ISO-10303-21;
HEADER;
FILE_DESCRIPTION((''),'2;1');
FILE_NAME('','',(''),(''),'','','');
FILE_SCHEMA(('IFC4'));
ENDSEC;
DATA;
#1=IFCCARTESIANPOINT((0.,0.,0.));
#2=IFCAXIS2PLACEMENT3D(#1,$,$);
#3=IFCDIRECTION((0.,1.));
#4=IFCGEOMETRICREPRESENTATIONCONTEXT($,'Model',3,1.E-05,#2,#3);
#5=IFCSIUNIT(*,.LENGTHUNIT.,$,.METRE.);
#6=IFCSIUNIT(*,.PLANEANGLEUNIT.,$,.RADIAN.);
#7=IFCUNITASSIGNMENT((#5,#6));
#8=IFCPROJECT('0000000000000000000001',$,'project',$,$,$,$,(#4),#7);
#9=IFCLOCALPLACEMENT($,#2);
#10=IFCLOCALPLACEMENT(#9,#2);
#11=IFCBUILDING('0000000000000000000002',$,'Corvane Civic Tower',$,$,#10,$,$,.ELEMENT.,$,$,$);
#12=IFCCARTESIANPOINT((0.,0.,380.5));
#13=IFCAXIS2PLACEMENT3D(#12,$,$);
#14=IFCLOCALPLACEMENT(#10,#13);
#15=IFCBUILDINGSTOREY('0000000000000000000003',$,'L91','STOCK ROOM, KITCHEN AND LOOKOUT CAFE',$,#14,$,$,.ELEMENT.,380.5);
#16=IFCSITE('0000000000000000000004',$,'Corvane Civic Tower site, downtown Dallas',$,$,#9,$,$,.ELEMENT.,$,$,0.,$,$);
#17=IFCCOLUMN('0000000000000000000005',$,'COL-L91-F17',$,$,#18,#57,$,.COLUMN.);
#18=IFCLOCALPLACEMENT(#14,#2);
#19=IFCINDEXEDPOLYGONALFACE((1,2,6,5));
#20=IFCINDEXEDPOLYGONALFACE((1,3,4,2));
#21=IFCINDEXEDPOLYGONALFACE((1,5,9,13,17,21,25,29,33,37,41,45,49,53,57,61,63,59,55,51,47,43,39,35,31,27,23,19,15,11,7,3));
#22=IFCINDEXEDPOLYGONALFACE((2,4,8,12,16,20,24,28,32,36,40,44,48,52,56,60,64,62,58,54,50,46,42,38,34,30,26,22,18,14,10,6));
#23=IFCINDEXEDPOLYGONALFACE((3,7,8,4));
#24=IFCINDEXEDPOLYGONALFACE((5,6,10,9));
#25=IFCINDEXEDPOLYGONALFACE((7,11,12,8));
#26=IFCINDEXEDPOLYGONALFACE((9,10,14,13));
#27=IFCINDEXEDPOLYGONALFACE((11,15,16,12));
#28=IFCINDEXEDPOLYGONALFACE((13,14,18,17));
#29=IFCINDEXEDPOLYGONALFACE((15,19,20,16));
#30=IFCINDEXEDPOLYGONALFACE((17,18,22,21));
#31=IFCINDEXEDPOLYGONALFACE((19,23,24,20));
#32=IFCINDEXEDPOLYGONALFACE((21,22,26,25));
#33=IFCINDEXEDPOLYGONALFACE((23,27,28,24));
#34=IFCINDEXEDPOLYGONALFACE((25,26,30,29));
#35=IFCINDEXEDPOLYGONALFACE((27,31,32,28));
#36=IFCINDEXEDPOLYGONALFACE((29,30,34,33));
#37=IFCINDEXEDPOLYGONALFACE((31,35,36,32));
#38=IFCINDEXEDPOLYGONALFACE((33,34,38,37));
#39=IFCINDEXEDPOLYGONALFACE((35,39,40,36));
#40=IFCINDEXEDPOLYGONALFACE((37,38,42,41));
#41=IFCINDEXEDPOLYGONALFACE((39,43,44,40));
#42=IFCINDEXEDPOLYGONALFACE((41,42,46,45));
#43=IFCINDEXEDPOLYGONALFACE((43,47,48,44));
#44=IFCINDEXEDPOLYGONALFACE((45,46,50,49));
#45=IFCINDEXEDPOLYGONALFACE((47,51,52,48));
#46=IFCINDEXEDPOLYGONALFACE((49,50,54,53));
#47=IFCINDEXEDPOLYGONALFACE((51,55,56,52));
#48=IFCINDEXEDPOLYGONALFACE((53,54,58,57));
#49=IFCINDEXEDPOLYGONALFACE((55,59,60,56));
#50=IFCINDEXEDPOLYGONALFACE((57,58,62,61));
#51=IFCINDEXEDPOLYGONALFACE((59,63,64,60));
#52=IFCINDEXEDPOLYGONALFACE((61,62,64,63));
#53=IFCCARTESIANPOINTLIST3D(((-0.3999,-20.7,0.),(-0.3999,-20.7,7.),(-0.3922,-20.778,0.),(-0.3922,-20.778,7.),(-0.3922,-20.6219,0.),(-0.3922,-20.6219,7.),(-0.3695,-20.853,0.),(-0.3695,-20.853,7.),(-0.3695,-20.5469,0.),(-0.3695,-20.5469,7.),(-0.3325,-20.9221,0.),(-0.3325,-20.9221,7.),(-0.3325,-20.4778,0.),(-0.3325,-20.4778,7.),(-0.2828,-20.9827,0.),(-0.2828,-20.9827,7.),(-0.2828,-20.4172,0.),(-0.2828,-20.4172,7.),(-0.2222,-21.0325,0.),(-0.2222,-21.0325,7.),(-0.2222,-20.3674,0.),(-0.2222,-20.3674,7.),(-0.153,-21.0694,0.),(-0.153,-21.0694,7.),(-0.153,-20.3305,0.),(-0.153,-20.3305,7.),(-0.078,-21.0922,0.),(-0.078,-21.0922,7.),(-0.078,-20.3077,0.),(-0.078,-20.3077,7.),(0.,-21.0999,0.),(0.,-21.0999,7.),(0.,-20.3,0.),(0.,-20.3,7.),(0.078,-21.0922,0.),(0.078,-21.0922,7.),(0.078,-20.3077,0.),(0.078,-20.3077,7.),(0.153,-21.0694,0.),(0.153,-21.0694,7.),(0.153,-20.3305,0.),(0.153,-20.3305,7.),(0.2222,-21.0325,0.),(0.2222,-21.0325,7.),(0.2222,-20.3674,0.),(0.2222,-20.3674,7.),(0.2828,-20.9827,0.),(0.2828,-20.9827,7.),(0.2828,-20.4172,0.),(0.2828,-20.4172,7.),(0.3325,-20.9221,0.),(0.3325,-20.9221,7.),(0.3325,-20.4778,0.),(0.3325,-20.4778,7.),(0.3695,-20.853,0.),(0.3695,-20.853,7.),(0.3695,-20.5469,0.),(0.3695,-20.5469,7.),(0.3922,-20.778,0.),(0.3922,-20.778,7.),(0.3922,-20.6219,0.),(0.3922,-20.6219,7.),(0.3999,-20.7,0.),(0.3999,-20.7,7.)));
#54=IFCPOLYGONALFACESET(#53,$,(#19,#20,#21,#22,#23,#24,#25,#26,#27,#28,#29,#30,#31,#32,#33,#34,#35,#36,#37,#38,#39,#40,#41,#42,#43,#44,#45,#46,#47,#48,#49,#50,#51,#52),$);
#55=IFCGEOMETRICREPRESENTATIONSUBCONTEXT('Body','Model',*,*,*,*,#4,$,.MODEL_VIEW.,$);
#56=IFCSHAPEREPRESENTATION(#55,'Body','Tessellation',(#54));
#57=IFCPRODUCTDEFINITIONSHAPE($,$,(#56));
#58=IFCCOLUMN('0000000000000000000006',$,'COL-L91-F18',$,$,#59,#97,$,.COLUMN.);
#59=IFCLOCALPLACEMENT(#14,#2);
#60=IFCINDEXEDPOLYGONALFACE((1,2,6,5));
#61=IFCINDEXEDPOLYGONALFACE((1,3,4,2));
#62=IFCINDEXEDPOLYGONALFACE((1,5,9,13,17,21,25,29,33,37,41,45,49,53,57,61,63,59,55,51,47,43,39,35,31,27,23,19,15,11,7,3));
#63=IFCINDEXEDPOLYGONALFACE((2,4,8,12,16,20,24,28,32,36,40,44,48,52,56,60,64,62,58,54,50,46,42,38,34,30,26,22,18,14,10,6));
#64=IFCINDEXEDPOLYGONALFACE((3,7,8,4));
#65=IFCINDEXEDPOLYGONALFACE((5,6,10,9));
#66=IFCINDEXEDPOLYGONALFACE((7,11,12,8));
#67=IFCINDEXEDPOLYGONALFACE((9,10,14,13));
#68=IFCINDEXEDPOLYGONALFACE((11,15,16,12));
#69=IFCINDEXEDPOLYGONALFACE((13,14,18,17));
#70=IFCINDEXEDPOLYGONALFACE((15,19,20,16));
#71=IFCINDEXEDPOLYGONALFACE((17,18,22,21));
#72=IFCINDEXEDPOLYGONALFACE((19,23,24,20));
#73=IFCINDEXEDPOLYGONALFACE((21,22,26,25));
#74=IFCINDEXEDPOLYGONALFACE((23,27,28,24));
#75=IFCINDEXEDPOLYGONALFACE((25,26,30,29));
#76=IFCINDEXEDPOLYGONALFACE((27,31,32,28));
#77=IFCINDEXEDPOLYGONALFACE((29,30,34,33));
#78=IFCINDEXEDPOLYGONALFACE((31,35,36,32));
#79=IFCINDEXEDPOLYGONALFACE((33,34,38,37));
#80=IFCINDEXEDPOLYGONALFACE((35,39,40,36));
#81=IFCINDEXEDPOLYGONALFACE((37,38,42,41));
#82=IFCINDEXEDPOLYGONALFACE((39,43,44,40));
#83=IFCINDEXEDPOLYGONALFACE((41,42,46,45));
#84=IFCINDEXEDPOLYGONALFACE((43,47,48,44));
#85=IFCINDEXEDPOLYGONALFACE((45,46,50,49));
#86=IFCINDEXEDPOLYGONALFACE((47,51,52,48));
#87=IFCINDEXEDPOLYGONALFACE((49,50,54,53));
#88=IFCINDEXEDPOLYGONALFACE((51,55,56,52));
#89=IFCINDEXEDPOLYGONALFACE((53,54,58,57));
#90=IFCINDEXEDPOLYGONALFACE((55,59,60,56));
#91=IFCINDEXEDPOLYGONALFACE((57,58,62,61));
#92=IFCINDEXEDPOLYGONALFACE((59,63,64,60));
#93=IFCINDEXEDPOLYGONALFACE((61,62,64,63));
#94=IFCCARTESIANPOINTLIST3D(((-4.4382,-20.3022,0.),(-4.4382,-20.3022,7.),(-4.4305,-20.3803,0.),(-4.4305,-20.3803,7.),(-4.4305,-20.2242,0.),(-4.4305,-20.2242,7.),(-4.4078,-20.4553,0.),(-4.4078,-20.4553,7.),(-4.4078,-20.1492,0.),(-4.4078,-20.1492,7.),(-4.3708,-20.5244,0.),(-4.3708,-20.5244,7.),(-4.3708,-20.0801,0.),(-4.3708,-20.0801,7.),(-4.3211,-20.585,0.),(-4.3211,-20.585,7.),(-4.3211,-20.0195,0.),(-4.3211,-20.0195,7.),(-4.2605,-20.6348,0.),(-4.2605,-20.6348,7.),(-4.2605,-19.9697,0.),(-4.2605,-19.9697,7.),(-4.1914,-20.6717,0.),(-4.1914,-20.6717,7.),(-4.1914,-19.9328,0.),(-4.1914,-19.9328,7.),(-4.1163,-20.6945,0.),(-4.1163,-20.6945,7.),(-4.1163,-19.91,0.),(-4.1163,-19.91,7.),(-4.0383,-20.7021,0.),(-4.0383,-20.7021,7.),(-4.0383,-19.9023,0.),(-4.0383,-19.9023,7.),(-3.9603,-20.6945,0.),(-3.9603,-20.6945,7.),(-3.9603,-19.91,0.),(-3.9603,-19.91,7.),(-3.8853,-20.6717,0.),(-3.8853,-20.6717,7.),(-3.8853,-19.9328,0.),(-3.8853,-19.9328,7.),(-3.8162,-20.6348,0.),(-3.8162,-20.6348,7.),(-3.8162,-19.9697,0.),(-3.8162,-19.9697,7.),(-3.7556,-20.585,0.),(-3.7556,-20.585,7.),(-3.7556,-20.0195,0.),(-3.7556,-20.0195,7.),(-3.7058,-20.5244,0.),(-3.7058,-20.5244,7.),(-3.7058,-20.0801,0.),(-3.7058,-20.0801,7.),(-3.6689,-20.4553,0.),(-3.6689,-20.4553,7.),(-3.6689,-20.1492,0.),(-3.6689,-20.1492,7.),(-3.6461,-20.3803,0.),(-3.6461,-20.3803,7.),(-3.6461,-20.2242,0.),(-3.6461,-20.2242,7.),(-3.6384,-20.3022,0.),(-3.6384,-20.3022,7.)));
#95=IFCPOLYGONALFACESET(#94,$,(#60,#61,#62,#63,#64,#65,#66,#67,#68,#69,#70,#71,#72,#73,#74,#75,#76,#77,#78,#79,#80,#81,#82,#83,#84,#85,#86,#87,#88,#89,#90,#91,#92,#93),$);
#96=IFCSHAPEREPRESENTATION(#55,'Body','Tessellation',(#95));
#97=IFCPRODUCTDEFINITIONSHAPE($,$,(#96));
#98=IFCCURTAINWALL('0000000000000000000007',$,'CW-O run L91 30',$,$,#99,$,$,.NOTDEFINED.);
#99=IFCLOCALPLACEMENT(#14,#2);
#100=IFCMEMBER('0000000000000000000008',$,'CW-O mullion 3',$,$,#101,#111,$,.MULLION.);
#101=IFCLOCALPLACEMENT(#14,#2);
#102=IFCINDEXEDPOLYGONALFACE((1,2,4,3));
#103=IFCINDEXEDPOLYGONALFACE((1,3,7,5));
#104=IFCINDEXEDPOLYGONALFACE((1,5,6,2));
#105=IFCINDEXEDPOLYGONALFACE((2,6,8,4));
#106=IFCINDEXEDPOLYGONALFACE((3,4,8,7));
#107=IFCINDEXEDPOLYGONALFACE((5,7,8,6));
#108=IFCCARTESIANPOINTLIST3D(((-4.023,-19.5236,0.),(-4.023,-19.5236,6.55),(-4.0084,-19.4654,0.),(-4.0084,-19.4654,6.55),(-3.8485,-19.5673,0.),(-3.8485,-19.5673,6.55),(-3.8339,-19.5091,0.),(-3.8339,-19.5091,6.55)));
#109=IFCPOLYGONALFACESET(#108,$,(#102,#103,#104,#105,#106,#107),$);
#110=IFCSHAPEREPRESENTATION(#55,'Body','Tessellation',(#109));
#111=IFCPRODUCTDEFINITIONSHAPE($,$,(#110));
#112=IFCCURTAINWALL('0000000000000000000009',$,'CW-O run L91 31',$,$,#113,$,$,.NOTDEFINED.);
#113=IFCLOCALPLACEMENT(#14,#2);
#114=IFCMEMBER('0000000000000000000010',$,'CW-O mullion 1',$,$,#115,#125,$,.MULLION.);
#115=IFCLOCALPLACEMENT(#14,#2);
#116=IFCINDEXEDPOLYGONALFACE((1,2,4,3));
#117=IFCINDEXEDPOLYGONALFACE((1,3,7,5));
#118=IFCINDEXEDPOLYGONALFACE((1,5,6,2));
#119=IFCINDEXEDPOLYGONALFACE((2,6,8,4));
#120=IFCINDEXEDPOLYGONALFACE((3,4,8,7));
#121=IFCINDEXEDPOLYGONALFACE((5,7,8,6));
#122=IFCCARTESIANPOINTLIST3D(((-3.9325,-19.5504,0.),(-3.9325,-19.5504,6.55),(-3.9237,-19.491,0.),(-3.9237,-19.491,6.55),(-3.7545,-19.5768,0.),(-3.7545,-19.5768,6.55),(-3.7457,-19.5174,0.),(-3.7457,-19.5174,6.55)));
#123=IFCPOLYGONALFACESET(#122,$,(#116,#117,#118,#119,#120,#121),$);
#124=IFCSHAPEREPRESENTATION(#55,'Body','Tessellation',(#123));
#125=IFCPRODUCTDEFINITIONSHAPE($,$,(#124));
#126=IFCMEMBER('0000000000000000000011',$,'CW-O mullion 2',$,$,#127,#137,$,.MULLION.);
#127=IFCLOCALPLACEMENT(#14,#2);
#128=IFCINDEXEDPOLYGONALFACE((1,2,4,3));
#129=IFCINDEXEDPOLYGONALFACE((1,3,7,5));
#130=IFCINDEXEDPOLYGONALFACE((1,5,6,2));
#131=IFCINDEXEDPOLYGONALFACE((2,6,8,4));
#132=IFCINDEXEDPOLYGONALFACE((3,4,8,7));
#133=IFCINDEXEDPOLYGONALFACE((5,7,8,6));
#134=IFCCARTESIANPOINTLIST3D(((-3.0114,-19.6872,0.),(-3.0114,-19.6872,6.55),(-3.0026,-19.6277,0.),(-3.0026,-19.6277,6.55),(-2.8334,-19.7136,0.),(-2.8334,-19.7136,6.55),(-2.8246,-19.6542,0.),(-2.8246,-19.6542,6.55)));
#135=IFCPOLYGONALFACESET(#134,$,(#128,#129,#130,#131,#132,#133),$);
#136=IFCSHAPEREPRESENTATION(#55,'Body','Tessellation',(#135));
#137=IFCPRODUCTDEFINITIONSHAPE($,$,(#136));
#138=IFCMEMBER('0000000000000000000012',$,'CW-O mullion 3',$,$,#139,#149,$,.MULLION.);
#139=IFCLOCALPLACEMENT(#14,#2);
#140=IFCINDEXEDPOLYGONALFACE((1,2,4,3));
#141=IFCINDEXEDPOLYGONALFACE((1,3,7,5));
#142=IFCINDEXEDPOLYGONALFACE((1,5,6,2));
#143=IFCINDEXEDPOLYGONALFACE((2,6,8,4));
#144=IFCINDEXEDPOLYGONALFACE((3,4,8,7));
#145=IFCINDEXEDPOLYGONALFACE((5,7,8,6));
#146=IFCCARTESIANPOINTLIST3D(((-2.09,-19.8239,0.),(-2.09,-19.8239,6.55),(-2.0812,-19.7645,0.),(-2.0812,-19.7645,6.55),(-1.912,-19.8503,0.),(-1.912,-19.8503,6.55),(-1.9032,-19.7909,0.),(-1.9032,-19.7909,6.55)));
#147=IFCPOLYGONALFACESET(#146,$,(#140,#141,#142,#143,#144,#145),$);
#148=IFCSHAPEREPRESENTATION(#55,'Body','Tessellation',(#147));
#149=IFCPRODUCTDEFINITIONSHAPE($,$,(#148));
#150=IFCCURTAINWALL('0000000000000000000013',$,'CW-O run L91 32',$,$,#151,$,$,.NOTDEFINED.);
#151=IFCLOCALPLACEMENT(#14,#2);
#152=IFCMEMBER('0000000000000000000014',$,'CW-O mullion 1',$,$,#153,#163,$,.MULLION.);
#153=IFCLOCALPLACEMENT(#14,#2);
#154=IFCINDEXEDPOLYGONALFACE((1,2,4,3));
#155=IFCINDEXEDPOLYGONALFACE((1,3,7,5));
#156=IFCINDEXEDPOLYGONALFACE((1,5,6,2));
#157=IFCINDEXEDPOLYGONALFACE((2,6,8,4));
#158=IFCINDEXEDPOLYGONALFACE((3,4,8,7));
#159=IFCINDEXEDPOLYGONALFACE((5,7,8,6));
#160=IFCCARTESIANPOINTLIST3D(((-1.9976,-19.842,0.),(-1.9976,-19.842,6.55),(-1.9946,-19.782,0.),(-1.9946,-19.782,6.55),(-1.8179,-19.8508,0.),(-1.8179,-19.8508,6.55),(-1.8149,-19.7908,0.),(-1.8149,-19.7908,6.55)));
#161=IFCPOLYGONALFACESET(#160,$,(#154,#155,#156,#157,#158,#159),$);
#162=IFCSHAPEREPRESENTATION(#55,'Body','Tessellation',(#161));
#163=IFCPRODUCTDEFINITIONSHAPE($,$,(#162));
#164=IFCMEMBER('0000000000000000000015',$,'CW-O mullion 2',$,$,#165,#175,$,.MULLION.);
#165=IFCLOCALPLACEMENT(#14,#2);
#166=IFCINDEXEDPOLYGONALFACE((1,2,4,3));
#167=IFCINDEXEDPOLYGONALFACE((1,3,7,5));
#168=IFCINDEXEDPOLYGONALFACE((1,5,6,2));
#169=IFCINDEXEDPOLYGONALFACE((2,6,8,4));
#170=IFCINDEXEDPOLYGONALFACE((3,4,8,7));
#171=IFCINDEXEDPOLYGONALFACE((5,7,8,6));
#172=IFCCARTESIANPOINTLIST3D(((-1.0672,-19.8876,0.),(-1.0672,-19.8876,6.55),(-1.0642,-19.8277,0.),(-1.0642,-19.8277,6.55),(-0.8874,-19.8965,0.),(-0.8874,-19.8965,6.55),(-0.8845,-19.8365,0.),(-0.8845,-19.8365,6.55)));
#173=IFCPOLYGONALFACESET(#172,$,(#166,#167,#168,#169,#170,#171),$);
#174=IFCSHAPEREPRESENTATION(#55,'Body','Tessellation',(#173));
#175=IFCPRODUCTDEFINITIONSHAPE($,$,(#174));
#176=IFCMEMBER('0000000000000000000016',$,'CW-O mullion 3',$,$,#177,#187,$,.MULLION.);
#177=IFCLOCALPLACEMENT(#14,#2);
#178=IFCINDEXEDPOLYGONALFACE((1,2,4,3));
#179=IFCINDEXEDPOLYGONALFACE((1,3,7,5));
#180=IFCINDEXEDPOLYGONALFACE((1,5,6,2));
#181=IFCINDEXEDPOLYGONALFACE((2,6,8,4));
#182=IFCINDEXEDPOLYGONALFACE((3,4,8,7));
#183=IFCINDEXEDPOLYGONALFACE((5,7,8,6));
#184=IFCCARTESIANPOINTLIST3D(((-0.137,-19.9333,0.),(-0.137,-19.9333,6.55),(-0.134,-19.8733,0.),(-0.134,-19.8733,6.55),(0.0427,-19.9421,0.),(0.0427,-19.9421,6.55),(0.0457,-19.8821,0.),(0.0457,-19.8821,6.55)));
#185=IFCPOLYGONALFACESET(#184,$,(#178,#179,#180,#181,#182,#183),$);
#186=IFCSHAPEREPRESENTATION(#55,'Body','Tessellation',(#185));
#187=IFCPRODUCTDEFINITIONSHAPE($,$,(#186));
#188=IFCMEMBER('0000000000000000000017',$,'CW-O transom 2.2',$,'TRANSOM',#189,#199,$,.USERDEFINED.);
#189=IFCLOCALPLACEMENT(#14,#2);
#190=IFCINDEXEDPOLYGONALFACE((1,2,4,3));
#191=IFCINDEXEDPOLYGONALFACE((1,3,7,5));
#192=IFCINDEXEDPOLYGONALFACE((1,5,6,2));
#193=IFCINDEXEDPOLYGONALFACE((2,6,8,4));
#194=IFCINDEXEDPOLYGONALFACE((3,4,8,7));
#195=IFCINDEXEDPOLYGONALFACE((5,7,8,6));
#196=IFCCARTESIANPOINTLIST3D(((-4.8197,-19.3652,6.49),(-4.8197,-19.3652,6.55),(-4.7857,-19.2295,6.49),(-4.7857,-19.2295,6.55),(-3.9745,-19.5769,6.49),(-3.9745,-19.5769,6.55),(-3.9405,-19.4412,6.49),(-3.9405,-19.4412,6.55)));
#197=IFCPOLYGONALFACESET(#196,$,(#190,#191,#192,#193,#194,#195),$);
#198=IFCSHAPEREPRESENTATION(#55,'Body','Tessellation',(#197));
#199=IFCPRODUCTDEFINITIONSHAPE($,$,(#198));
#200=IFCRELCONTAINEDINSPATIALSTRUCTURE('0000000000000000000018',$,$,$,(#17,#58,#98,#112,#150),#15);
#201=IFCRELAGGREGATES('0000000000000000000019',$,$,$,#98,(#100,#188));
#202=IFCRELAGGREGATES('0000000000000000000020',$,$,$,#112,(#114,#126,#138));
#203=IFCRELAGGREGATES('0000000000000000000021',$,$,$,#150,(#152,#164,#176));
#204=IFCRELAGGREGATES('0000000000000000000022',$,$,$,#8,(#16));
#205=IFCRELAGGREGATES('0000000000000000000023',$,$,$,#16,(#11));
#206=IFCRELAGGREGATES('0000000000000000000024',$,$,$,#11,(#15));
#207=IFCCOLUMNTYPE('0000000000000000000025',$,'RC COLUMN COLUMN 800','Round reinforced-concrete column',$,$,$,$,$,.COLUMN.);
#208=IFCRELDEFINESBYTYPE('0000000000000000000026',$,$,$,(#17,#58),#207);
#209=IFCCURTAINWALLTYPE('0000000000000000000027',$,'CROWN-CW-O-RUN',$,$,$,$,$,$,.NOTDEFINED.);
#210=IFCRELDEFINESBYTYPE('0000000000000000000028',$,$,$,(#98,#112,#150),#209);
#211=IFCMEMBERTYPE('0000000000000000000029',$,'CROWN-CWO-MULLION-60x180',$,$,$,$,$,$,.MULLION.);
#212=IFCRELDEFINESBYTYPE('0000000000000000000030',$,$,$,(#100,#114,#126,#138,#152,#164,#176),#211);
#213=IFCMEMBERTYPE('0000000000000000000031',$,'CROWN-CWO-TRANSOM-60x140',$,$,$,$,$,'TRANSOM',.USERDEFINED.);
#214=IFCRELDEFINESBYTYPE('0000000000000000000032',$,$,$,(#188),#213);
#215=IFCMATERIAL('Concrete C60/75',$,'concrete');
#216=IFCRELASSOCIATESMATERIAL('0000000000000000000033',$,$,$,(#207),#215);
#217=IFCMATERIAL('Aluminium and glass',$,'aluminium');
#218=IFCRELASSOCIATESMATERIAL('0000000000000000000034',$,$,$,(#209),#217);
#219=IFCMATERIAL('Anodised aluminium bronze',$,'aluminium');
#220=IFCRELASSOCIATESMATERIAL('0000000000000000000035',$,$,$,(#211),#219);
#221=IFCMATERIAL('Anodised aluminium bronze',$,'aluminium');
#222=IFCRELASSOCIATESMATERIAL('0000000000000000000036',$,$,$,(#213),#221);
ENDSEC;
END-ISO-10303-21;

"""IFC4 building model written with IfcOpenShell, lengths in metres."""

from ifc_helpers import new_model, si_unit, direction, frame, origin, origin_2d, place, context, subcontext, project, spatial, rectangle, circle, extrude, material, material_profile, profile_set, type_object, element, aggregate, save


model = new_model("IFC4")

# Units and contexts
model_context = context("Model", 3, precision=1e-05, world=origin(), true_north=direction((0.0, 1.0)))
body_context = subcontext(model_context, "Body", "Model", "MODEL_VIEW")
ifc_project = project(units=[si_unit("LENGTHUNIT", "METRE"), si_unit("PLANEANGLEUNIT", "RADIAN")], contexts=[model_context])

# Site, building, storey
site_placement = place(None, origin())
site = spatial("IfcSite", under=ifc_project, at=site_placement, Name="Corvane Civic Tower site, downtown Dallas", CompositionType="ELEMENT", RefElevation=0.0)
building_placement = place(site_placement, origin())
building = spatial("IfcBuilding", under=site, at=building_placement, Name="Corvane Civic Tower", CompositionType="ELEMENT")
storey_placement = place(building_placement, frame((0.0, 0.0, 380.5)))
storey = spatial("IfcBuildingStorey", under=building, at=storey_placement, Name="L91", Description="STOCK ROOM, KITCHEN AND LOOKOUT CAFE", CompositionType="ELEMENT", Elevation=380.5)

# Columns
ifc_material_1 = material(Name="Concrete C60/75", Category="concrete")
ifc_material_profile_1 = material_profile(ifc_material_1, circle(Radius=0.3999, at=origin_2d()), Name="COLUMN 800")
ifc_profile_set_1 = profile_set([ifc_material_profile_1], Name="Concrete C60/75")
column_type = type_object("IfcColumnType", Name="RC COLUMN COLUMN 800", Description="Round reinforced-concrete column", PredefinedType="COLUMN", material=ifc_profile_set_1)
for number, where, z_axis, x_axis, name in (
    (1, (0.0, -20.7, 0.0), (0.0, 0.0, 1.0), (1.0, 0.0, 0.0), "COL-L91-F17"),
    (2, (-4.0383, -20.3022, 0.0), (0.0, 0.0, 1.0), (1.0, 0.0, 0.0), "COL-L91-F18"),
):
    element("IfcColumn", number, at=place(storey_placement, frame(where, z_axis=z_axis, x_axis=x_axis)), inside=storey, type_object=column_type, Name=name, PredefinedType="COLUMN", context=body_context, shape_type="SweptSolid", body=[
        extrude(circle(Radius=0.3999, at=origin_2d()), origin(), (0.0, 0.0, 1.0), 7.0),
    ])

# Curtain wall, member
ifc_material_2 = material(Name="Aluminium and glass", Category="aluminium")
curtain_wall_type = type_object("IfcCurtainWallType", Name="CROWN-CW-O-RUN", PredefinedType="NOTDEFINED", material=ifc_material_2)
curtain_wall_1_placement = place(storey_placement, origin())
curtain_wall_1 = element("IfcCurtainWall", 3, at=curtain_wall_1_placement, inside=storey, type_object=curtain_wall_type, Name="CW-O run L91 30", PredefinedType="NOTDEFINED")
ifc_material_3 = material(Name="Anodised aluminium bronze", Category="aluminium")
ifc_material_profile_2 = material_profile(ifc_material_3, rectangle(XDim=0.0601, YDim=0.1799, at=origin_2d()), Name="AL 60x180")
ifc_profile_set_2 = profile_set([ifc_material_profile_2], Name="Anodised aluminium bronze")
member_type_1 = type_object("IfcMemberType", Name="CROWN-CWO-MULLION-60x180", PredefinedType="MULLION", material=ifc_profile_set_2)
member_1_placement = place(storey_placement, frame((-3.9285, -19.5164, 0.0), z_axis=(0.0, 0.0, 1.0), x_axis=(0.242952, 0.970038, 0.0)))
member_1 = element("IfcMember", 4, at=member_1_placement, type_object=member_type_1, Name="CW-O mullion 3", PredefinedType="MULLION", context=body_context, shape_type="SweptSolid", body=[
    extrude(rectangle(XDim=0.0601, YDim=0.1799, at=origin_2d()), origin(), (0.0, 0.0, 1.0), 6.55),
])

# Curtain walls, members
curtain_wall_2_placement = place(storey_placement, origin())
curtain_wall_2 = element("IfcCurtainWall", 5, at=curtain_wall_2_placement, inside=storey, type_object=curtain_wall_type, Name="CW-O run L91 31", PredefinedType="NOTDEFINED")
member_2_placement = place(storey_placement, frame((-3.8391, -19.5339, 0.0), z_axis=(0.0, 0.0, 1.0), x_axis=(0.146771, 0.98917, 0.0)))
member_2 = element("IfcMember", 6, at=member_2_placement, type_object=member_type_1, Name="CW-O mullion 1", PredefinedType="MULLION", context=body_context, shape_type="SweptSolid", body=[
    extrude(rectangle(XDim=0.0601, YDim=0.1799, at=origin_2d()), origin(), (0.0, 0.0, 1.0), 6.55),
])
member_3_placement = place(storey_placement, frame((-2.918, -19.6707, 0.0), z_axis=(0.0, 0.0, 1.0), x_axis=(0.146771, 0.98917, 0.0)))
member_3 = element("IfcMember", 7, at=member_3_placement, type_object=member_type_1, Name="CW-O mullion 2", PredefinedType="MULLION", context=body_context, shape_type="SweptSolid", body=[
    extrude(rectangle(XDim=0.0601, YDim=0.1799, at=origin_2d()), origin(), (0.0, 0.0, 1.0), 6.55),
])
member_4_placement = place(storey_placement, frame((-1.9966, -19.8074, 0.0), z_axis=(0.0, 0.0, 1.0), x_axis=(0.146771, 0.98917, 0.0)))
member_4 = element("IfcMember", 8, at=member_4_placement, type_object=member_type_1, Name="CW-O mullion 3", PredefinedType="MULLION", context=body_context, shape_type="SweptSolid", body=[
    extrude(rectangle(XDim=0.0601, YDim=0.1799, at=origin_2d()), origin(), (0.0, 0.0, 1.0), 6.55),
])
curtain_wall_3_placement = place(storey_placement, origin())
curtain_wall_3 = element("IfcCurtainWall", 9, at=curtain_wall_3_placement, inside=storey, type_object=curtain_wall_type, Name="CW-O run L91 32", PredefinedType="NOTDEFINED")
member_5_placement = place(storey_placement, frame((-1.9062, -19.8164, 0.0), z_axis=(0.0, 0.0, 1.0), x_axis=(0.048991, 0.998799, 0.0)))
member_5 = element("IfcMember", 10, at=member_5_placement, type_object=member_type_1, Name="CW-O mullion 1", PredefinedType="MULLION", context=body_context, shape_type="SweptSolid", body=[
    extrude(rectangle(XDim=0.0601, YDim=0.1799, at=origin_2d()), origin(), (0.0, 0.0, 1.0), 6.55),
])
member_6_placement = place(storey_placement, frame((-0.9758, -19.8621, 0.0), z_axis=(0.0, 0.0, 1.0), x_axis=(0.048991, 0.998799, 0.0)))
member_6 = element("IfcMember", 11, at=member_6_placement, type_object=member_type_1, Name="CW-O mullion 2", PredefinedType="MULLION", context=body_context, shape_type="SweptSolid", body=[
    extrude(rectangle(XDim=0.0601, YDim=0.1799, at=origin_2d()), origin(), (0.0, 0.0, 1.0), 6.55),
])
member_7_placement = place(storey_placement, frame((-0.0457, -19.9077, 0.0), z_axis=(0.0, 0.0, 1.0), x_axis=(0.048991, 0.998799, 0.0)))
member_7 = element("IfcMember", 12, at=member_7_placement, type_object=member_type_1, Name="CW-O mullion 3", PredefinedType="MULLION", context=body_context, shape_type="SweptSolid", body=[
    extrude(rectangle(XDim=0.0601, YDim=0.1799, at=origin_2d()), origin(), (0.0, 0.0, 1.0), 6.55),
])

# Member
ifc_material_4 = material(Name="Anodised aluminium bronze", Category="aluminium")
ifc_material_profile_3 = material_profile(ifc_material_4, rectangle(XDim=0.1399, YDim=0.0601, at=origin_2d()), Name="AL 140x60")
ifc_profile_set_3 = profile_set([ifc_material_profile_3], Name="Anodised aluminium bronze")
member_type_2 = type_object("IfcMemberType", Name="CROWN-CWO-TRANSOM-60x140", ElementType="TRANSOM", PredefinedType="USERDEFINED", material=ifc_profile_set_3)
member_8_placement = place(storey_placement, frame((-4.8027, -19.2974, 6.52), z_axis=(0.970044, -0.242931, 0.0), x_axis=(0.242931, 0.970044, 0.0)))
member_8 = element("IfcMember", 13, at=member_8_placement, type_object=member_type_2, Name="CW-O transom 2.2", ObjectType="TRANSOM", PredefinedType="USERDEFINED", context=body_context, shape_type="SweptSolid", body=[
    extrude(rectangle(XDim=0.1399, YDim=0.0601, at=origin_2d()), origin(), (0.0, 0.0, 1.0), 0.8713),
])

aggregate(curtain_wall_1, [member_1, member_8])
aggregate(curtain_wall_2, [member_2, member_3, member_4])
aggregate(curtain_wall_3, [member_5, member_6, member_7])

save(model, "model.ifc")
